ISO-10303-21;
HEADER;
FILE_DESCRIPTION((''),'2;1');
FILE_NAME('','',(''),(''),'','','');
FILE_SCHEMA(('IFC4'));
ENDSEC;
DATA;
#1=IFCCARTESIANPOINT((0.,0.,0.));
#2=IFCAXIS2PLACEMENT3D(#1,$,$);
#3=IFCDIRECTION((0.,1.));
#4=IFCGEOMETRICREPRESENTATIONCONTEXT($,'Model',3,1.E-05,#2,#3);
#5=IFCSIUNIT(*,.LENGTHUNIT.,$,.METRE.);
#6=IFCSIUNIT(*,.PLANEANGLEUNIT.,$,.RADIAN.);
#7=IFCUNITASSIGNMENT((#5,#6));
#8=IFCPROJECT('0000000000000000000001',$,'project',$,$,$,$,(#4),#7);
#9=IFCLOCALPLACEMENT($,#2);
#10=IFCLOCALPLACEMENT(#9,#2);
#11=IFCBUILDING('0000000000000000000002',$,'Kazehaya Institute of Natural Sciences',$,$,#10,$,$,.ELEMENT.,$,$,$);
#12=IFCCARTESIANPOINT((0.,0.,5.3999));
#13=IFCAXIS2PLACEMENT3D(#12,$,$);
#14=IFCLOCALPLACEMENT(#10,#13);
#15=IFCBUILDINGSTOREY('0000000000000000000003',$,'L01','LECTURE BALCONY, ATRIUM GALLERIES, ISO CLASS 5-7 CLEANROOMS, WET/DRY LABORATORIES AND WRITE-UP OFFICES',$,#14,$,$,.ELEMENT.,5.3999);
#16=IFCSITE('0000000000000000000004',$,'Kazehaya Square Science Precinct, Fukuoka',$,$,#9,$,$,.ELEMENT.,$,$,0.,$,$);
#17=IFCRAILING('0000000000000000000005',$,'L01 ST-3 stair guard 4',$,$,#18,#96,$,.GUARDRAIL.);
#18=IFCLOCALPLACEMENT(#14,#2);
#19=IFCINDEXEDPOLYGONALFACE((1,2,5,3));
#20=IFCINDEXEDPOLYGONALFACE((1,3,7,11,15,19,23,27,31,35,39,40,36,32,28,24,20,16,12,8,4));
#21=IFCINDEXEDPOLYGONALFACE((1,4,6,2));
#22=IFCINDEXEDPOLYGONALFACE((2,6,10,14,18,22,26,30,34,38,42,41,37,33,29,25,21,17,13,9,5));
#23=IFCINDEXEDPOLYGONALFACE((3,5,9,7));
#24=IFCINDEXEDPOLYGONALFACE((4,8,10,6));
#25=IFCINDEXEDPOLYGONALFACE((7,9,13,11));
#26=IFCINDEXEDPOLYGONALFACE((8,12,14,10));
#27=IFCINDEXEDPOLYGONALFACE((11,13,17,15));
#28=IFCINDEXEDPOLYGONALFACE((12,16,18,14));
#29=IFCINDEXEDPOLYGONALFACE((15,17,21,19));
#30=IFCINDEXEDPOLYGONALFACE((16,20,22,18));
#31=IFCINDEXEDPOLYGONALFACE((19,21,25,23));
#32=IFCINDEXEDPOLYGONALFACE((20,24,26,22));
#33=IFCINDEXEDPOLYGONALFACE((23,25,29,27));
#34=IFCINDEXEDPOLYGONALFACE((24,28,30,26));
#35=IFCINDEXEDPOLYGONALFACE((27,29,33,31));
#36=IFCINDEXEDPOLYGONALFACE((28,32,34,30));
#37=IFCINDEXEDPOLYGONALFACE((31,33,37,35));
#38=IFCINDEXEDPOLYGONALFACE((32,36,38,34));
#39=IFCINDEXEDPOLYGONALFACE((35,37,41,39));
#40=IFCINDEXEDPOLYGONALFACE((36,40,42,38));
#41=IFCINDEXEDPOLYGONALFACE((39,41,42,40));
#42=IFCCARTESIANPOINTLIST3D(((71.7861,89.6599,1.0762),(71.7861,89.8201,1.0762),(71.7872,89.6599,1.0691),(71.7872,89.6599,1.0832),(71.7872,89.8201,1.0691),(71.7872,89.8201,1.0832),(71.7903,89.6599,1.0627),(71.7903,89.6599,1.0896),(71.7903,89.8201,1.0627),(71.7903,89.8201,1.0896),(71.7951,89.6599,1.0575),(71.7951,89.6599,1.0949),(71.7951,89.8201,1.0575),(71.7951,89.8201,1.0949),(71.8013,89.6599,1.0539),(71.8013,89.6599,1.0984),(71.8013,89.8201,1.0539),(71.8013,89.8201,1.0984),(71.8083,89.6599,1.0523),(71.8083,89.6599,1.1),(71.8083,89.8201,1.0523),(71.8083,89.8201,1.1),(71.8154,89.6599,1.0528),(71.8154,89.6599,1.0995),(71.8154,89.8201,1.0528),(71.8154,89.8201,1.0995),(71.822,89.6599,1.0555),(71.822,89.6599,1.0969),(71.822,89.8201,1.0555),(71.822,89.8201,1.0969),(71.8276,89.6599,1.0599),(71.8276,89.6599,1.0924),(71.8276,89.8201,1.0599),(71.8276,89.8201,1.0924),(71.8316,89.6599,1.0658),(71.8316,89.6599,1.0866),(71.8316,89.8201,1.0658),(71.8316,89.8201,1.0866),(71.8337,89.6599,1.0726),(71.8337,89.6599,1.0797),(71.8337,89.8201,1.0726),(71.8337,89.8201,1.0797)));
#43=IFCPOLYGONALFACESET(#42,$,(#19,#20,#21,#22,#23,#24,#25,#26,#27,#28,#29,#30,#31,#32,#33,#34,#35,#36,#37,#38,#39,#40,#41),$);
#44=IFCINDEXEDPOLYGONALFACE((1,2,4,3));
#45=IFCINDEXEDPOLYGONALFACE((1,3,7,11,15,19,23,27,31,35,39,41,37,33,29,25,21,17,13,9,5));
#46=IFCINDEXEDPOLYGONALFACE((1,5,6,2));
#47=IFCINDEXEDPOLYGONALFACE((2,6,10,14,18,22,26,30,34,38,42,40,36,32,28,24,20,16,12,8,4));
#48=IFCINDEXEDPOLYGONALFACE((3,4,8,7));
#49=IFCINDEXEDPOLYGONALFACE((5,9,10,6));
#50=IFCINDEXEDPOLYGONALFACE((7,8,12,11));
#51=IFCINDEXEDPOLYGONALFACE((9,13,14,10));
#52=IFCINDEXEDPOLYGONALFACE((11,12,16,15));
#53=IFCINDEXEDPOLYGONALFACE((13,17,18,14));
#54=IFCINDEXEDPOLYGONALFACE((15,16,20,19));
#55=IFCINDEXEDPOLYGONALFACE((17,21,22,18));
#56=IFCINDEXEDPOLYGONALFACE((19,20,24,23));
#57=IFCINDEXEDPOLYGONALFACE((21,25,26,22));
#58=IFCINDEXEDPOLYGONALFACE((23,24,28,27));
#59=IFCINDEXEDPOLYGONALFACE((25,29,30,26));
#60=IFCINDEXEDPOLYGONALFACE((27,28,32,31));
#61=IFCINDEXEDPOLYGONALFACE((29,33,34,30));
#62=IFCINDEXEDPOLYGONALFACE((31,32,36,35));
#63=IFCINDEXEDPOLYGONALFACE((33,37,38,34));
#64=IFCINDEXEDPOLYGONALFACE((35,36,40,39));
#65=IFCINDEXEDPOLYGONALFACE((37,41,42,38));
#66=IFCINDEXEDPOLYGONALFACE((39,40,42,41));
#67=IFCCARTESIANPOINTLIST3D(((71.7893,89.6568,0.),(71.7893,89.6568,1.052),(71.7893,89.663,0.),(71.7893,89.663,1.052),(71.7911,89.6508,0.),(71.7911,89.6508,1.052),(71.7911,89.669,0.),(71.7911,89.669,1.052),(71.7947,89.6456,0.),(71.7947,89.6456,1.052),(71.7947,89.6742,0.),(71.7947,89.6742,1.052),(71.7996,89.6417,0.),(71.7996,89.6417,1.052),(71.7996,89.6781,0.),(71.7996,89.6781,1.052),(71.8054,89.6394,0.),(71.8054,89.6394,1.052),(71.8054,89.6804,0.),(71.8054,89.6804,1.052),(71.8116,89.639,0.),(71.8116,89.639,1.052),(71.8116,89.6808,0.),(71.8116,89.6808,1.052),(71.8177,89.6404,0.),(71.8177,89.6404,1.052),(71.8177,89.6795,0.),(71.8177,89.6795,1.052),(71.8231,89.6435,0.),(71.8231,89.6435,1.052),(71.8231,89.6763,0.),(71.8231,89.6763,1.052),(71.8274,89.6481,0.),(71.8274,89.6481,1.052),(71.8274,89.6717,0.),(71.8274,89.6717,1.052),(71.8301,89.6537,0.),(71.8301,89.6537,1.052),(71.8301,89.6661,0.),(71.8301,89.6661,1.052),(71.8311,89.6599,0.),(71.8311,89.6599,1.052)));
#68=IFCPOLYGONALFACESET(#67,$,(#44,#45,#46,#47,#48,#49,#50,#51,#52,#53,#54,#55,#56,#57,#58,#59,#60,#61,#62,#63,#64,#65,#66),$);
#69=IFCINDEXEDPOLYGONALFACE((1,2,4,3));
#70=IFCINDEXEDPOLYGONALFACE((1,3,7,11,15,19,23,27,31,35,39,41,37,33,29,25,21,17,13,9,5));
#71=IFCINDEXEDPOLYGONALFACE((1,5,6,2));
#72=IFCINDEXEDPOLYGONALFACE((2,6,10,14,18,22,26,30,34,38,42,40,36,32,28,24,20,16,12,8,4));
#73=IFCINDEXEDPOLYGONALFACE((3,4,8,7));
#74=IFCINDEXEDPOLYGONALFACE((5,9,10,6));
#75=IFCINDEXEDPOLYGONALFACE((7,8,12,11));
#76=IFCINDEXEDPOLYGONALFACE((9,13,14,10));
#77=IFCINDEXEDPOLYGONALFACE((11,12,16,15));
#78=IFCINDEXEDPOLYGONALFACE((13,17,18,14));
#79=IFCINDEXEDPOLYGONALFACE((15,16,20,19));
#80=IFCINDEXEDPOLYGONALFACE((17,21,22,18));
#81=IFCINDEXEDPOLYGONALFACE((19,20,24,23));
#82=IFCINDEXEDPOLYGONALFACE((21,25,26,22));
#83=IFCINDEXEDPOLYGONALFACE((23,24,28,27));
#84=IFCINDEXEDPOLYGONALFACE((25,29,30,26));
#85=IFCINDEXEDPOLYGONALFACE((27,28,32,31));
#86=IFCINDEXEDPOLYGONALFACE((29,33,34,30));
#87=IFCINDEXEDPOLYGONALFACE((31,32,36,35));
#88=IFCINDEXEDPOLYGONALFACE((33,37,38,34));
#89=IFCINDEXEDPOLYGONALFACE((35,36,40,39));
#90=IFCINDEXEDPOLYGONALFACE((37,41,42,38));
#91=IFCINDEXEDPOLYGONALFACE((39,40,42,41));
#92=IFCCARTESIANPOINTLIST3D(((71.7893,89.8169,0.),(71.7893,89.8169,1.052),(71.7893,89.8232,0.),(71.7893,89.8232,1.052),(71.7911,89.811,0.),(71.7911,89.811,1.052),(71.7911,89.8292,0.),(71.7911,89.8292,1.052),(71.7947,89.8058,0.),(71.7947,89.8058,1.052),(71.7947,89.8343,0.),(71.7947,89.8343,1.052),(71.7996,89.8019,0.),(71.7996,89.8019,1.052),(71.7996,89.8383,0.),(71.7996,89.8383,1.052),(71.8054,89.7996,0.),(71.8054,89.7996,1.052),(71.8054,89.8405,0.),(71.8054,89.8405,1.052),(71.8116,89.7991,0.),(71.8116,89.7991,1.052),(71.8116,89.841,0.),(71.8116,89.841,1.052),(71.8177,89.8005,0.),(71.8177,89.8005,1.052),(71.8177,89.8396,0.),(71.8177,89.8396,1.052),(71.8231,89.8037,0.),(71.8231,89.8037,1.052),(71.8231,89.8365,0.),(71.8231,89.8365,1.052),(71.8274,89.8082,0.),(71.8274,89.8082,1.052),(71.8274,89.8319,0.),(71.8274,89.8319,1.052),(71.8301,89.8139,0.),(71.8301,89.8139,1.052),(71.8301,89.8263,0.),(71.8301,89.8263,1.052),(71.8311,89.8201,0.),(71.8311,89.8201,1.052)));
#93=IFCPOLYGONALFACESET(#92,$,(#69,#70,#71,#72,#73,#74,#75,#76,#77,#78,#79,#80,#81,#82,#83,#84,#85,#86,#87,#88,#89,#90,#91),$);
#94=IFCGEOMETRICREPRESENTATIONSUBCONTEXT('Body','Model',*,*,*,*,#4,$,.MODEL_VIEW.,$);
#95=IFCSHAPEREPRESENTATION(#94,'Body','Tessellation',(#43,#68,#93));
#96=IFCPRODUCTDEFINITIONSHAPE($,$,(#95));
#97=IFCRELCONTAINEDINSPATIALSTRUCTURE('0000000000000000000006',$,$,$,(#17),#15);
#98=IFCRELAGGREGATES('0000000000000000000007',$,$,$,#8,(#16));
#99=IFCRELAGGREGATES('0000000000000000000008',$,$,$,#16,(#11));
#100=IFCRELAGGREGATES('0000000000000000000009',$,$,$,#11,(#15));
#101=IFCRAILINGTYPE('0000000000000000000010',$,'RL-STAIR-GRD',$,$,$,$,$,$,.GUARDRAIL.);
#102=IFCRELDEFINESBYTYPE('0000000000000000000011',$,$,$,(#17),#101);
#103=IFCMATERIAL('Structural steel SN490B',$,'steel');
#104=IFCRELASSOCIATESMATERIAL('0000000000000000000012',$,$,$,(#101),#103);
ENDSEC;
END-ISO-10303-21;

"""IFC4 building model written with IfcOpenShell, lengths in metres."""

from ifc_helpers import new_model, si_unit, direction, frame, origin, origin_2d, place, context, subcontext, project, spatial, circle, extrude, material, type_object, element, save


model = new_model("IFC4")

# Units and contexts
model_context = context("Model", 3, precision=1e-05, world=origin(), true_north=direction((0.0, 1.0)))
body_context = subcontext(model_context, "Body", "Model", "MODEL_VIEW")
ifc_project = project(units=[si_unit("LENGTHUNIT", "METRE"), si_unit("PLANEANGLEUNIT", "RADIAN")], contexts=[model_context])

# Site, building, storey
site_placement = place(None, origin())
site = spatial("IfcSite", under=ifc_project, at=site_placement, Name="Kazehaya Square Science Precinct, Fukuoka", CompositionType="ELEMENT", RefElevation=0.0)
building_placement = place(site_placement, origin())
building = spatial("IfcBuilding", under=site, at=building_placement, Name="Kazehaya Institute of Natural Sciences", CompositionType="ELEMENT")
storey_placement = place(building_placement, frame((0.0, 0.0, 5.3999)))
storey = spatial("IfcBuildingStorey", under=building, at=storey_placement, Name="L01", Description="LECTURE BALCONY, ATRIUM GALLERIES, ISO CLASS 5-7 CLEANROOMS, WET/DRY LABORATORIES AND WRITE-UP OFFICES", CompositionType="ELEMENT", Elevation=5.3999)

# Railing
ifc_material_1 = material(Name="Structural steel SN490B", Category="steel")
railing_type_1 = type_object("IfcRailingType", Name="RL-STAIR-GRD", PredefinedType="GUARDRAIL", material=ifc_material_1)
railing_1_placement = place(storey_placement, frame((71.8101, 89.6599, 0.0)))
element("IfcRailing", 1, at=railing_1_placement, inside=storey, type_object=railing_type_1, Name="L01 ST-3 stair guard 4", PredefinedType="GUARDRAIL", context=body_context, shape_type="SweptSolid", body=[
    extrude(circle(Radius=0.0239, at=origin_2d()), frame((0.0, 0.0, 1.0762), z_axis=(0.0, 1.0, 0.0), x_axis=(-1.0, 0.0, 0.0)), (0.0, 0.0, 1.0), 0.1602),
    extrude(circle(Radius=0.021, at=origin_2d()), origin(), (0.0, 0.0, 1.0), 1.052),
    extrude(circle(Radius=0.021, at=origin_2d()), frame((0.0, 0.1602, 0.0)), (0.0, 0.0, 1.0), 1.052),
])

save(model, "model.ifc")
